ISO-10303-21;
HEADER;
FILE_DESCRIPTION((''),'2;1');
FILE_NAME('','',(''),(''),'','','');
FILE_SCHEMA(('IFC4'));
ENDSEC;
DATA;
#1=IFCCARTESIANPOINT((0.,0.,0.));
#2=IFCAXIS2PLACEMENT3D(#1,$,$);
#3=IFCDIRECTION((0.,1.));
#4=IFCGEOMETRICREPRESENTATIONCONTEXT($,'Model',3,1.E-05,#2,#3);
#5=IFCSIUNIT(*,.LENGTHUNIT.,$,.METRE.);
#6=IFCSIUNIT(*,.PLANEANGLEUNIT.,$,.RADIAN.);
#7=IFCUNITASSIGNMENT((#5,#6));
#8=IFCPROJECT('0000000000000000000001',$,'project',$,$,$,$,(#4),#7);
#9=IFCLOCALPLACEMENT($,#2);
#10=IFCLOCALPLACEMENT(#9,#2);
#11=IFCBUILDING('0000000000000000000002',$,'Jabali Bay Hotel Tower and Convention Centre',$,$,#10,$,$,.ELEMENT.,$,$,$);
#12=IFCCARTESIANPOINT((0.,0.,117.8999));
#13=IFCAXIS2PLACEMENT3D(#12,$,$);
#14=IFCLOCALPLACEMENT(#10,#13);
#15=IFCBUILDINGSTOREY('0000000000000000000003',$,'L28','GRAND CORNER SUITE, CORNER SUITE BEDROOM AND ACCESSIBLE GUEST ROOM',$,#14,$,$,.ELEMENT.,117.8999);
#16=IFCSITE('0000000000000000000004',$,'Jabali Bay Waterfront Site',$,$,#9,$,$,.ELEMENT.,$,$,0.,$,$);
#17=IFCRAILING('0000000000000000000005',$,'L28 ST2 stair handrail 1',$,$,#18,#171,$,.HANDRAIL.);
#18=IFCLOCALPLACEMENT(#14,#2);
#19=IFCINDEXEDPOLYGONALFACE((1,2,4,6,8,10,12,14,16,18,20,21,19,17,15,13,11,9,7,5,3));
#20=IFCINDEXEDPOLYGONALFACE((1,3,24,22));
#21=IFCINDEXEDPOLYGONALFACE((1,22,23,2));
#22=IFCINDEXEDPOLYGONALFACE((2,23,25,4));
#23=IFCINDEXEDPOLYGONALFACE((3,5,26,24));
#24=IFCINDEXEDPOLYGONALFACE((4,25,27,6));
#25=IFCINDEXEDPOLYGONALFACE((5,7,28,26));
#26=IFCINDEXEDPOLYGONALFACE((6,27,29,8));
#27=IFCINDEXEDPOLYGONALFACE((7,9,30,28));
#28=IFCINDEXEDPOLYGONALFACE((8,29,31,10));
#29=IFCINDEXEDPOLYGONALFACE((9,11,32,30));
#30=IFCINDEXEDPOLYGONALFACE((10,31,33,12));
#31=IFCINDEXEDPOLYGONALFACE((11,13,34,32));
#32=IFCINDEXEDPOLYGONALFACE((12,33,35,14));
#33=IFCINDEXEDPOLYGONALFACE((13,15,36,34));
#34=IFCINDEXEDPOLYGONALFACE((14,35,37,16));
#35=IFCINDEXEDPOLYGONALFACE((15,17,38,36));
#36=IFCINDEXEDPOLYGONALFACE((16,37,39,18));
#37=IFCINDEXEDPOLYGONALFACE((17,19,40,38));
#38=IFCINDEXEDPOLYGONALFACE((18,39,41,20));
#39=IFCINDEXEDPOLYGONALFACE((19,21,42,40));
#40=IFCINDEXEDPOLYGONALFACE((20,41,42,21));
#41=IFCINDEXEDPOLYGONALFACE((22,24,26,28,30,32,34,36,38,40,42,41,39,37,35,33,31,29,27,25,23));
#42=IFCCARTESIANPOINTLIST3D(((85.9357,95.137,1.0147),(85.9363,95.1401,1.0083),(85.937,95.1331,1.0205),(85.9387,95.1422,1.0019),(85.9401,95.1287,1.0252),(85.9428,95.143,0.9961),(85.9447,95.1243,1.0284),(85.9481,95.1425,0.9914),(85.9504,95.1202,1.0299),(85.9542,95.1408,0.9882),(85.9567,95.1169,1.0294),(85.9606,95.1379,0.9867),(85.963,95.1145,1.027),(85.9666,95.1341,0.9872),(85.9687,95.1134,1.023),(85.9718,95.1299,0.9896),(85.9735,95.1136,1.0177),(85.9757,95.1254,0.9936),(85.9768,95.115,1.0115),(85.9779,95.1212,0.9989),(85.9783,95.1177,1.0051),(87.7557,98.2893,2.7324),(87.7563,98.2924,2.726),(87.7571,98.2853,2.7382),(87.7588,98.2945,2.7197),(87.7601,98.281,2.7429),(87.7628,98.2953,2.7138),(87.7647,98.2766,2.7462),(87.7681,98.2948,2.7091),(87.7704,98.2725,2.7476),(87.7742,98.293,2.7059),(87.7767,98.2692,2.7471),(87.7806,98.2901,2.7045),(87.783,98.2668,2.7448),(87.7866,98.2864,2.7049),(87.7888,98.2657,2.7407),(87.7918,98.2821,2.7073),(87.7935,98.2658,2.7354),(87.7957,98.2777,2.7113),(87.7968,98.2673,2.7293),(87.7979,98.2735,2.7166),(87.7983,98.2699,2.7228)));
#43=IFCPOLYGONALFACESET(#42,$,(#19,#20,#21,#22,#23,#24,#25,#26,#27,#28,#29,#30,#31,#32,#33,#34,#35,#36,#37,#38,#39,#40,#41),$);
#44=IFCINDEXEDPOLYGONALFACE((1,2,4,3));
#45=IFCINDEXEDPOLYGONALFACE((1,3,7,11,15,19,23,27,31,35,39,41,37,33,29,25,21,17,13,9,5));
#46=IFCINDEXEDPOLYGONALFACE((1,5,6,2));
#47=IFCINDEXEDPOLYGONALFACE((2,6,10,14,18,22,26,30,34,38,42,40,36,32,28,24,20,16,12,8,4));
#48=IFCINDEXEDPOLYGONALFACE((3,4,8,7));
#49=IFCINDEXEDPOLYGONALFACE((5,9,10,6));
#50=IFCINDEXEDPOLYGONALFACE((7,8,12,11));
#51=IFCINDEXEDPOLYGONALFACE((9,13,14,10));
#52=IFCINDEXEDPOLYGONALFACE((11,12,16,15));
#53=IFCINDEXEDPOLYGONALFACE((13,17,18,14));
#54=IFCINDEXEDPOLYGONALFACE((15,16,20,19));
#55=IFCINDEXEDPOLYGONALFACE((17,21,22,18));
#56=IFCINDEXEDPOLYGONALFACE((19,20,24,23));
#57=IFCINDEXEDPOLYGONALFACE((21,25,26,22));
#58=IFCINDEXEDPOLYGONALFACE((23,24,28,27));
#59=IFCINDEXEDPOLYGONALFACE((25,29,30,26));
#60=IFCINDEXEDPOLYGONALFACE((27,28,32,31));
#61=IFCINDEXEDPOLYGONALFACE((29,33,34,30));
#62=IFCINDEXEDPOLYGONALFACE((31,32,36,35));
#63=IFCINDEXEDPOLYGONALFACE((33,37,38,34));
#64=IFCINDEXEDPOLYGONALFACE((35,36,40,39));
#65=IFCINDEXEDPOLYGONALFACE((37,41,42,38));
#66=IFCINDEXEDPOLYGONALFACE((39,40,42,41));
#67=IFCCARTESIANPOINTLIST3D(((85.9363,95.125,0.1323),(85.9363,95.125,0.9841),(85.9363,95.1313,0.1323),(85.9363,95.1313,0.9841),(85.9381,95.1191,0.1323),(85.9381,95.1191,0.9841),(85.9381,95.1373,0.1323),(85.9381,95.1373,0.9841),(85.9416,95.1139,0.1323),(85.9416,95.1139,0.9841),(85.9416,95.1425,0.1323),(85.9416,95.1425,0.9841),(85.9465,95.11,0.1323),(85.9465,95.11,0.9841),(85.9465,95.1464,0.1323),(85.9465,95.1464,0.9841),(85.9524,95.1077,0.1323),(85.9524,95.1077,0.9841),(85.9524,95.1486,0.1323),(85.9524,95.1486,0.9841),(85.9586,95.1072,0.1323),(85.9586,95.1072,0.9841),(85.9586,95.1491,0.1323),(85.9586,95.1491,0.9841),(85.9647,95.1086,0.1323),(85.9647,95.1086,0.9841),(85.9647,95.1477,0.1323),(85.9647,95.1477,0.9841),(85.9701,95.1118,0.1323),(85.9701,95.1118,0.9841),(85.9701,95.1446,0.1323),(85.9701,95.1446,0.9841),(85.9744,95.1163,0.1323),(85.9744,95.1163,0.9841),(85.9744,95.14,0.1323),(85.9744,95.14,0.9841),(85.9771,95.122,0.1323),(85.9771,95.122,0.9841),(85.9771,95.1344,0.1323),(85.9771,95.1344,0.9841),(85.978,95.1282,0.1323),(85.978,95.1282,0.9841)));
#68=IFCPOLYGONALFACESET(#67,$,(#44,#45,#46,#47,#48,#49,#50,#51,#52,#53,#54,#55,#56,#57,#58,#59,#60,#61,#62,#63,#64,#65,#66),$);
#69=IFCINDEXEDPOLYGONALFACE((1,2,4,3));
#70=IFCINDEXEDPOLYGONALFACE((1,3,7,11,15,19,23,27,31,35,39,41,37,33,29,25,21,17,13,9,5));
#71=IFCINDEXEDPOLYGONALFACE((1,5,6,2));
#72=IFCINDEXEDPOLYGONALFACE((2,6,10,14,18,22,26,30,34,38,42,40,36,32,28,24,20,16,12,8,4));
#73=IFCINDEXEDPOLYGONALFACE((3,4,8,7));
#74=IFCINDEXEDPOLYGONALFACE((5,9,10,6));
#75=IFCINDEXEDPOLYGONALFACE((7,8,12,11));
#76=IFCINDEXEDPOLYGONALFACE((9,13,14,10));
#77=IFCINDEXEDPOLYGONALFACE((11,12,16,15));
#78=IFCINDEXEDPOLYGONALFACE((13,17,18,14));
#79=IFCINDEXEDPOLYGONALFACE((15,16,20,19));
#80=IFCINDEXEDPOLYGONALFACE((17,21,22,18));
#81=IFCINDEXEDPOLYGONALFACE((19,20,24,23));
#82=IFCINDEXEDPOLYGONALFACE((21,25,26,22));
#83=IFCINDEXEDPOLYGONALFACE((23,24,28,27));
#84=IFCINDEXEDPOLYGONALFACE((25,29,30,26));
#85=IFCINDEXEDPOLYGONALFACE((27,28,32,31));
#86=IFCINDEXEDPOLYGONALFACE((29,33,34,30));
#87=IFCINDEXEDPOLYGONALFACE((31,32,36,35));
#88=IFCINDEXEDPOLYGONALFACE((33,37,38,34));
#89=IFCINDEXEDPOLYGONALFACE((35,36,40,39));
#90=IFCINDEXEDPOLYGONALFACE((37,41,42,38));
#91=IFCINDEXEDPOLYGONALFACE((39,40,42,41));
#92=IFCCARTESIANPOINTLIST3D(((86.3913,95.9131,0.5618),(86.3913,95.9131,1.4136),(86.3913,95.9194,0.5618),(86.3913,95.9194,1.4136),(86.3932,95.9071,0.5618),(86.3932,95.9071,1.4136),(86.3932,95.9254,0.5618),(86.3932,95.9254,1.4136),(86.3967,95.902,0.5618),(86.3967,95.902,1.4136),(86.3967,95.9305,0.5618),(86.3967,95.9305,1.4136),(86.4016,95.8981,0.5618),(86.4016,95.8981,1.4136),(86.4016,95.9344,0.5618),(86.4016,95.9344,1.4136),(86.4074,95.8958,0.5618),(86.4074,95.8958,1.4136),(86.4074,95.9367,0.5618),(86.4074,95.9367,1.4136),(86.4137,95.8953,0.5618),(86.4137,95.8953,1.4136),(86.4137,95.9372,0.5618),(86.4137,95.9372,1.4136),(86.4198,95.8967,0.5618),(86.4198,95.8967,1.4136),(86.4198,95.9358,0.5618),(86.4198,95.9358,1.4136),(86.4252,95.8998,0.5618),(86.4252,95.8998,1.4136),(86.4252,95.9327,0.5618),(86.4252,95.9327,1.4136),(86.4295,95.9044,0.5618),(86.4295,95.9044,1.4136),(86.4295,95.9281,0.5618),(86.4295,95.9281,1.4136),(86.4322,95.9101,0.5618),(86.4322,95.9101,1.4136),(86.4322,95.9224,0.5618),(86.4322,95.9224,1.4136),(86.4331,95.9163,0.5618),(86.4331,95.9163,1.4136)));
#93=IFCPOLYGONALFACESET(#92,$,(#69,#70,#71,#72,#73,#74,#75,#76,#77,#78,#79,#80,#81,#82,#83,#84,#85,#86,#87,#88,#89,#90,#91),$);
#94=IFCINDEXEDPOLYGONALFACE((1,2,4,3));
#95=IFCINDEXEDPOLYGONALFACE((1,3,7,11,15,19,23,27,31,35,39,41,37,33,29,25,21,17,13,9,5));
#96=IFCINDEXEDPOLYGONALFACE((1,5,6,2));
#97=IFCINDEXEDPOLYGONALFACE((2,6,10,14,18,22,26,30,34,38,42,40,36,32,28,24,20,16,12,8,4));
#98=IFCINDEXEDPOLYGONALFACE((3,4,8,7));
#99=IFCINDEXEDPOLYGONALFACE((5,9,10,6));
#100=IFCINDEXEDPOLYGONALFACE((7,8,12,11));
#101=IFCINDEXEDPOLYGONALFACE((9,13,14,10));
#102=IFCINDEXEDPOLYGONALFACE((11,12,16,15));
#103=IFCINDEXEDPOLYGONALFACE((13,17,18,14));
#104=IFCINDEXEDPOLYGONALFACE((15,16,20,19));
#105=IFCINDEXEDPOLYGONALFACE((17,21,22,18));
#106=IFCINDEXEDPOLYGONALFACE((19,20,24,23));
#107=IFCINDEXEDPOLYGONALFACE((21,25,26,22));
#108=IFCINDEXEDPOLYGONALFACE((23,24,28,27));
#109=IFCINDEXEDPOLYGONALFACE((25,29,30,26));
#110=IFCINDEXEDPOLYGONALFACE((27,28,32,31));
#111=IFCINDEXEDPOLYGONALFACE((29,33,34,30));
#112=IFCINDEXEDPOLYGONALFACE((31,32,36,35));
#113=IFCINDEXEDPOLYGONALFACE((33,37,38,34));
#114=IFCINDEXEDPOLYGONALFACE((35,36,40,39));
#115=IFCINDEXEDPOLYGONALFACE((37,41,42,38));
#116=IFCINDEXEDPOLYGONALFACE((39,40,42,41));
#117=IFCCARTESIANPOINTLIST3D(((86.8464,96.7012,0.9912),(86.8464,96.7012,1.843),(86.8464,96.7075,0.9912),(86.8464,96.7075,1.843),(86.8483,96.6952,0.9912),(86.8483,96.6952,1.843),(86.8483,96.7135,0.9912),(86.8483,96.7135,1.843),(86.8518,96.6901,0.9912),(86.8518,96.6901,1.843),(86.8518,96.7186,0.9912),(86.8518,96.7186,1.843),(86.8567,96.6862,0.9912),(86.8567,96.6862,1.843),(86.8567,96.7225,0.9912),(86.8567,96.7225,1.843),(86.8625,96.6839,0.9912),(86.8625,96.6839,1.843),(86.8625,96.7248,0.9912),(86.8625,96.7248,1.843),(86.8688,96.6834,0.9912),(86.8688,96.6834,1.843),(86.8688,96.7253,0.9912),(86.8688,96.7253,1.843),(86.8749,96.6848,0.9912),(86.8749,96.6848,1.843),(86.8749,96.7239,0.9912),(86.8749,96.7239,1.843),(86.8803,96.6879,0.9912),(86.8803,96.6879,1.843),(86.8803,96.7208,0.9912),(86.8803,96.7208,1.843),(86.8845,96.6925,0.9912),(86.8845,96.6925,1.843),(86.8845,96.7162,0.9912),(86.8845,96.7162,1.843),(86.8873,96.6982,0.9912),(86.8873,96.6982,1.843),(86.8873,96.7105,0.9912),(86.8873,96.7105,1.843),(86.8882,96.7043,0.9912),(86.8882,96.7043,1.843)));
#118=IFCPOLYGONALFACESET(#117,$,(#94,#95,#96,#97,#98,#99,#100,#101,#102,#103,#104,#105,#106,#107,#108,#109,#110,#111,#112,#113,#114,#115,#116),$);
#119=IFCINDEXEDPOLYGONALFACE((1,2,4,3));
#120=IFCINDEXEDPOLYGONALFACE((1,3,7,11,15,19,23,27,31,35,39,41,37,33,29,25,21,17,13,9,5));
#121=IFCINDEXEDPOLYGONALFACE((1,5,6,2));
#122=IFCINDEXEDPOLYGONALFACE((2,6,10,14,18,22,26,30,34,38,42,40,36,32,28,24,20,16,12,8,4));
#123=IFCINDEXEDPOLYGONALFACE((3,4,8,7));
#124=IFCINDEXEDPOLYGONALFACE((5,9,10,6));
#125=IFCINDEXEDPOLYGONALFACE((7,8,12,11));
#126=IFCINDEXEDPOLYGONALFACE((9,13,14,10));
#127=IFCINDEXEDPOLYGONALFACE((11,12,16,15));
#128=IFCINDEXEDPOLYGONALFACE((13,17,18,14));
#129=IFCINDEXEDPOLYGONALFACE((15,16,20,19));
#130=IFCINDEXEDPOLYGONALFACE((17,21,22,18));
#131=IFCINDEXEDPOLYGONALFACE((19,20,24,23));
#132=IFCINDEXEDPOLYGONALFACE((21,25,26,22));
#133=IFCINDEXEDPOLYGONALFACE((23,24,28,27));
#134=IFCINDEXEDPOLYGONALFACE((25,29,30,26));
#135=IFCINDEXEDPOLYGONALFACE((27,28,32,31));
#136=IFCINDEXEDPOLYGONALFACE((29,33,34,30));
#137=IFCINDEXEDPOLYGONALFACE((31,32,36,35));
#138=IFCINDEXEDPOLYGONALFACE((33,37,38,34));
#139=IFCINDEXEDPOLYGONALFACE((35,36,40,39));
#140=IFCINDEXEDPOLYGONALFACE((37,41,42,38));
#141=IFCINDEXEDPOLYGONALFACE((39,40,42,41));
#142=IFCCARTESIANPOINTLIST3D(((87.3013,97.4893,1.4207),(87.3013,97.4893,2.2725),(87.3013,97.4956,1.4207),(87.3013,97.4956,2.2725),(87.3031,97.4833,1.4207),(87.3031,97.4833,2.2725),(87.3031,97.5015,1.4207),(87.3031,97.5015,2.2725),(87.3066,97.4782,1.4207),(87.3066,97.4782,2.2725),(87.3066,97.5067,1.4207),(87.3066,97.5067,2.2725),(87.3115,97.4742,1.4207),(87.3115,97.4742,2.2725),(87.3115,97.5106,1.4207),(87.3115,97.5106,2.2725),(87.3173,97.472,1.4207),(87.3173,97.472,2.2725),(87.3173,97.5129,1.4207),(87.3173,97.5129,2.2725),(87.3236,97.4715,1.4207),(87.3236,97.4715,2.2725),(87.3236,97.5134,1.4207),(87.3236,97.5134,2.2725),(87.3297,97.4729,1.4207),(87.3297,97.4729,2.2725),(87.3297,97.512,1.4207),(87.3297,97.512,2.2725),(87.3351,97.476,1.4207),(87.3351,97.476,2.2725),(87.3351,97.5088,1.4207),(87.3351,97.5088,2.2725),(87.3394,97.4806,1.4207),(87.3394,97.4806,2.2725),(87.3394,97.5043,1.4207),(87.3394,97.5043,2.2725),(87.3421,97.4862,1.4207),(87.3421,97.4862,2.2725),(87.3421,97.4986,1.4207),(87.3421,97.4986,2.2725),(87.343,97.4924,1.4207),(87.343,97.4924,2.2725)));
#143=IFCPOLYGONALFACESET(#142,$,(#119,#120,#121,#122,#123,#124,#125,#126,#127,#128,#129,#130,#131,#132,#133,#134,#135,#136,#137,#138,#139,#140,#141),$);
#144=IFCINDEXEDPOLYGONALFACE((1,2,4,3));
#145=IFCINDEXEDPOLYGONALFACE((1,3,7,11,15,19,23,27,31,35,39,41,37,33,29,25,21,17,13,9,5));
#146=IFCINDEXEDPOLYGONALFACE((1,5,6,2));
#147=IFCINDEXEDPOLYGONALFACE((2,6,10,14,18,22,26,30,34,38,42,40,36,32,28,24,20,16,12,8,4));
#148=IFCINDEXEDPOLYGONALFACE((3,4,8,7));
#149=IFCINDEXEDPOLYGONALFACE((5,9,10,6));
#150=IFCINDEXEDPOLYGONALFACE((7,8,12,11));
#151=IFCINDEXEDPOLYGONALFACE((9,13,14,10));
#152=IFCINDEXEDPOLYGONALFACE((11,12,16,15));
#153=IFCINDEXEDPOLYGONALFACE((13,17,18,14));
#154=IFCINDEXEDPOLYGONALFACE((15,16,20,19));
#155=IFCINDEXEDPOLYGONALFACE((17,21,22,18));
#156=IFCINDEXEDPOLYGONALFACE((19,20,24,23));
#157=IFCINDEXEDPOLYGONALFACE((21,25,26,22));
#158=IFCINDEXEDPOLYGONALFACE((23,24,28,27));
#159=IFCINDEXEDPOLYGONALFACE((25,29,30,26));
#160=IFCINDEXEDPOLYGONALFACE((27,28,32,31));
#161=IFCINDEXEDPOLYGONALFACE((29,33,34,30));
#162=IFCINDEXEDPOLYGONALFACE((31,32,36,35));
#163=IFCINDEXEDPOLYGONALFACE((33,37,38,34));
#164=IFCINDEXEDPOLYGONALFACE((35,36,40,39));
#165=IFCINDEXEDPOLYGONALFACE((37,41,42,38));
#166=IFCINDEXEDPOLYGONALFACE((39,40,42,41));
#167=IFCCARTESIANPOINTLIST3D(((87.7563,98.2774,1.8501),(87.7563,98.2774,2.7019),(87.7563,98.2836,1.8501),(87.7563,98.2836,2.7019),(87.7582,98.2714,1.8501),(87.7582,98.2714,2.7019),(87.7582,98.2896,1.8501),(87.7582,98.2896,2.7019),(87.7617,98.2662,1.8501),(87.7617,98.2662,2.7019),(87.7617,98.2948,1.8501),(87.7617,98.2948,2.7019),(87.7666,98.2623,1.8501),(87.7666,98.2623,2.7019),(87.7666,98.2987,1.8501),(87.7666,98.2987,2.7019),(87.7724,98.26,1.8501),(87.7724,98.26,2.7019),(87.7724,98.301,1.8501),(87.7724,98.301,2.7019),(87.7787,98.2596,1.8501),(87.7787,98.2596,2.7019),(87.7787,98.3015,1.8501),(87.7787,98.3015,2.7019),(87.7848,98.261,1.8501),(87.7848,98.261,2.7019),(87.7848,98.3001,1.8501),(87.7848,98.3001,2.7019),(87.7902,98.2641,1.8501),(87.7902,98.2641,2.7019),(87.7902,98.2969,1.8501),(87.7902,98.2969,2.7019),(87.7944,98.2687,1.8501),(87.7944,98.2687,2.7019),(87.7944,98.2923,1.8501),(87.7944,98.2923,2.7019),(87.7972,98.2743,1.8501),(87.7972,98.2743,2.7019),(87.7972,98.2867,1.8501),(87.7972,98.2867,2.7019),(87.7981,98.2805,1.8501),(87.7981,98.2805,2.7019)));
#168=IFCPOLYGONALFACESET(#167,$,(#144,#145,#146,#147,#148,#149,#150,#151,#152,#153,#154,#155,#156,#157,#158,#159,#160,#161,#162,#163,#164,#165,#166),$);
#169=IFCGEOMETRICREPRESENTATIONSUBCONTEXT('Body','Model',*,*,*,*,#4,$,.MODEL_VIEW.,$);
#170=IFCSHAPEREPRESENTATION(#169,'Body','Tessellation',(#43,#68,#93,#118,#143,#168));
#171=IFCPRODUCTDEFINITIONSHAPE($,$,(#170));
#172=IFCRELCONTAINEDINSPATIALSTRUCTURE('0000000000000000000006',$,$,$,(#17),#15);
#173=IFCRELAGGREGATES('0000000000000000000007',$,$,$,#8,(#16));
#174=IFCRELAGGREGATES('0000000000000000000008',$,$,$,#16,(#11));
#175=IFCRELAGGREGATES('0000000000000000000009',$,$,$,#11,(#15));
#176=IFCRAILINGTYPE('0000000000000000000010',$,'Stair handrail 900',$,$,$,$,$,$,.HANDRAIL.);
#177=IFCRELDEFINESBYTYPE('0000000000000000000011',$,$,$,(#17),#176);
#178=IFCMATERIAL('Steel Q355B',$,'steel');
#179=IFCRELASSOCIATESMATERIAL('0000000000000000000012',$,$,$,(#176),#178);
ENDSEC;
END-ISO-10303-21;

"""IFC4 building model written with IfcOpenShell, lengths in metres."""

from ifc_helpers import new_model, si_unit, direction, frame, origin, origin_2d, place, context, subcontext, project, spatial, circle, extrude, material, type_object, element, save


model = new_model("IFC4")

# Units and contexts
model_context = context("Model", 3, precision=1e-05, world=origin(), true_north=direction((0.0, 1.0)))
body_context = subcontext(model_context, "Body", "Model", "MODEL_VIEW")
ifc_project = project(units=[si_unit("LENGTHUNIT", "METRE"), si_unit("PLANEANGLEUNIT", "RADIAN")], contexts=[model_context])

# Site, building, storey
site_placement = place(None, origin())
site = spatial("IfcSite", under=ifc_project, at=site_placement, Name="Jabali Bay Waterfront Site", CompositionType="ELEMENT", RefElevation=0.0)
building_placement = place(site_placement, origin())
building = spatial("IfcBuilding", under=site, at=building_placement, Name="Jabali Bay Hotel Tower and Convention Centre", CompositionType="ELEMENT")
storey_placement = place(building_placement, frame((0.0, 0.0, 117.8999)))
storey = spatial("IfcBuildingStorey", under=building, at=storey_placement, Name="L28", Description="GRAND CORNER SUITE, CORNER SUITE BEDROOM AND ACCESSIBLE GUEST ROOM", CompositionType="ELEMENT", Elevation=117.8999)

# Railing
ifc_material_1 = material(Name="Steel Q355B", Category="steel")
railing_type_1 = type_object("IfcRailingType", Name="Stair handrail 900", PredefinedType="HANDRAIL", material=ifc_material_1)
railing_1_placement = place(storey_placement, frame((85.957, 95.1282, 0.1323)))
element("IfcRailing", 1, at=railing_1_placement, inside=storey, type_object=railing_type_1, Name="L28 ST2 stair handrail 1", PredefinedType="HANDRAIL", context=body_context, shape_type="SweptSolid", body=[
    extrude(circle(Radius=0.0239, at=origin_2d()), frame((0.0, 0.0, 0.876), z_axis=(0.45219, 0.78319, 0.426775), x_axis=(-0.866018, 0.500013, 0.0)), (0.0, 0.0, 1.0), 4.0249),
    extrude(circle(Radius=0.021, at=origin_2d()), origin(), (0.0, 0.0, 1.0), 0.8518),
    extrude(circle(Radius=0.021, at=origin_2d()), frame((0.4551, 0.7881, 0.4294)), (0.0, 0.0, 1.0), 0.8518),
    extrude(circle(Radius=0.021, at=origin_2d()), frame((0.9102, 1.5762, 0.8589)), (0.0, 0.0, 1.0), 0.8518),
    extrude(circle(Radius=0.021, at=origin_2d()), frame((1.365, 2.3643, 1.2883)), (0.0, 0.0, 1.0), 0.8518),
    extrude(circle(Radius=0.021, at=origin_2d()), frame((1.8201, 3.1523, 1.7178)), (0.0, 0.0, 1.0), 0.8518),
])

save(model, "model.ifc")
